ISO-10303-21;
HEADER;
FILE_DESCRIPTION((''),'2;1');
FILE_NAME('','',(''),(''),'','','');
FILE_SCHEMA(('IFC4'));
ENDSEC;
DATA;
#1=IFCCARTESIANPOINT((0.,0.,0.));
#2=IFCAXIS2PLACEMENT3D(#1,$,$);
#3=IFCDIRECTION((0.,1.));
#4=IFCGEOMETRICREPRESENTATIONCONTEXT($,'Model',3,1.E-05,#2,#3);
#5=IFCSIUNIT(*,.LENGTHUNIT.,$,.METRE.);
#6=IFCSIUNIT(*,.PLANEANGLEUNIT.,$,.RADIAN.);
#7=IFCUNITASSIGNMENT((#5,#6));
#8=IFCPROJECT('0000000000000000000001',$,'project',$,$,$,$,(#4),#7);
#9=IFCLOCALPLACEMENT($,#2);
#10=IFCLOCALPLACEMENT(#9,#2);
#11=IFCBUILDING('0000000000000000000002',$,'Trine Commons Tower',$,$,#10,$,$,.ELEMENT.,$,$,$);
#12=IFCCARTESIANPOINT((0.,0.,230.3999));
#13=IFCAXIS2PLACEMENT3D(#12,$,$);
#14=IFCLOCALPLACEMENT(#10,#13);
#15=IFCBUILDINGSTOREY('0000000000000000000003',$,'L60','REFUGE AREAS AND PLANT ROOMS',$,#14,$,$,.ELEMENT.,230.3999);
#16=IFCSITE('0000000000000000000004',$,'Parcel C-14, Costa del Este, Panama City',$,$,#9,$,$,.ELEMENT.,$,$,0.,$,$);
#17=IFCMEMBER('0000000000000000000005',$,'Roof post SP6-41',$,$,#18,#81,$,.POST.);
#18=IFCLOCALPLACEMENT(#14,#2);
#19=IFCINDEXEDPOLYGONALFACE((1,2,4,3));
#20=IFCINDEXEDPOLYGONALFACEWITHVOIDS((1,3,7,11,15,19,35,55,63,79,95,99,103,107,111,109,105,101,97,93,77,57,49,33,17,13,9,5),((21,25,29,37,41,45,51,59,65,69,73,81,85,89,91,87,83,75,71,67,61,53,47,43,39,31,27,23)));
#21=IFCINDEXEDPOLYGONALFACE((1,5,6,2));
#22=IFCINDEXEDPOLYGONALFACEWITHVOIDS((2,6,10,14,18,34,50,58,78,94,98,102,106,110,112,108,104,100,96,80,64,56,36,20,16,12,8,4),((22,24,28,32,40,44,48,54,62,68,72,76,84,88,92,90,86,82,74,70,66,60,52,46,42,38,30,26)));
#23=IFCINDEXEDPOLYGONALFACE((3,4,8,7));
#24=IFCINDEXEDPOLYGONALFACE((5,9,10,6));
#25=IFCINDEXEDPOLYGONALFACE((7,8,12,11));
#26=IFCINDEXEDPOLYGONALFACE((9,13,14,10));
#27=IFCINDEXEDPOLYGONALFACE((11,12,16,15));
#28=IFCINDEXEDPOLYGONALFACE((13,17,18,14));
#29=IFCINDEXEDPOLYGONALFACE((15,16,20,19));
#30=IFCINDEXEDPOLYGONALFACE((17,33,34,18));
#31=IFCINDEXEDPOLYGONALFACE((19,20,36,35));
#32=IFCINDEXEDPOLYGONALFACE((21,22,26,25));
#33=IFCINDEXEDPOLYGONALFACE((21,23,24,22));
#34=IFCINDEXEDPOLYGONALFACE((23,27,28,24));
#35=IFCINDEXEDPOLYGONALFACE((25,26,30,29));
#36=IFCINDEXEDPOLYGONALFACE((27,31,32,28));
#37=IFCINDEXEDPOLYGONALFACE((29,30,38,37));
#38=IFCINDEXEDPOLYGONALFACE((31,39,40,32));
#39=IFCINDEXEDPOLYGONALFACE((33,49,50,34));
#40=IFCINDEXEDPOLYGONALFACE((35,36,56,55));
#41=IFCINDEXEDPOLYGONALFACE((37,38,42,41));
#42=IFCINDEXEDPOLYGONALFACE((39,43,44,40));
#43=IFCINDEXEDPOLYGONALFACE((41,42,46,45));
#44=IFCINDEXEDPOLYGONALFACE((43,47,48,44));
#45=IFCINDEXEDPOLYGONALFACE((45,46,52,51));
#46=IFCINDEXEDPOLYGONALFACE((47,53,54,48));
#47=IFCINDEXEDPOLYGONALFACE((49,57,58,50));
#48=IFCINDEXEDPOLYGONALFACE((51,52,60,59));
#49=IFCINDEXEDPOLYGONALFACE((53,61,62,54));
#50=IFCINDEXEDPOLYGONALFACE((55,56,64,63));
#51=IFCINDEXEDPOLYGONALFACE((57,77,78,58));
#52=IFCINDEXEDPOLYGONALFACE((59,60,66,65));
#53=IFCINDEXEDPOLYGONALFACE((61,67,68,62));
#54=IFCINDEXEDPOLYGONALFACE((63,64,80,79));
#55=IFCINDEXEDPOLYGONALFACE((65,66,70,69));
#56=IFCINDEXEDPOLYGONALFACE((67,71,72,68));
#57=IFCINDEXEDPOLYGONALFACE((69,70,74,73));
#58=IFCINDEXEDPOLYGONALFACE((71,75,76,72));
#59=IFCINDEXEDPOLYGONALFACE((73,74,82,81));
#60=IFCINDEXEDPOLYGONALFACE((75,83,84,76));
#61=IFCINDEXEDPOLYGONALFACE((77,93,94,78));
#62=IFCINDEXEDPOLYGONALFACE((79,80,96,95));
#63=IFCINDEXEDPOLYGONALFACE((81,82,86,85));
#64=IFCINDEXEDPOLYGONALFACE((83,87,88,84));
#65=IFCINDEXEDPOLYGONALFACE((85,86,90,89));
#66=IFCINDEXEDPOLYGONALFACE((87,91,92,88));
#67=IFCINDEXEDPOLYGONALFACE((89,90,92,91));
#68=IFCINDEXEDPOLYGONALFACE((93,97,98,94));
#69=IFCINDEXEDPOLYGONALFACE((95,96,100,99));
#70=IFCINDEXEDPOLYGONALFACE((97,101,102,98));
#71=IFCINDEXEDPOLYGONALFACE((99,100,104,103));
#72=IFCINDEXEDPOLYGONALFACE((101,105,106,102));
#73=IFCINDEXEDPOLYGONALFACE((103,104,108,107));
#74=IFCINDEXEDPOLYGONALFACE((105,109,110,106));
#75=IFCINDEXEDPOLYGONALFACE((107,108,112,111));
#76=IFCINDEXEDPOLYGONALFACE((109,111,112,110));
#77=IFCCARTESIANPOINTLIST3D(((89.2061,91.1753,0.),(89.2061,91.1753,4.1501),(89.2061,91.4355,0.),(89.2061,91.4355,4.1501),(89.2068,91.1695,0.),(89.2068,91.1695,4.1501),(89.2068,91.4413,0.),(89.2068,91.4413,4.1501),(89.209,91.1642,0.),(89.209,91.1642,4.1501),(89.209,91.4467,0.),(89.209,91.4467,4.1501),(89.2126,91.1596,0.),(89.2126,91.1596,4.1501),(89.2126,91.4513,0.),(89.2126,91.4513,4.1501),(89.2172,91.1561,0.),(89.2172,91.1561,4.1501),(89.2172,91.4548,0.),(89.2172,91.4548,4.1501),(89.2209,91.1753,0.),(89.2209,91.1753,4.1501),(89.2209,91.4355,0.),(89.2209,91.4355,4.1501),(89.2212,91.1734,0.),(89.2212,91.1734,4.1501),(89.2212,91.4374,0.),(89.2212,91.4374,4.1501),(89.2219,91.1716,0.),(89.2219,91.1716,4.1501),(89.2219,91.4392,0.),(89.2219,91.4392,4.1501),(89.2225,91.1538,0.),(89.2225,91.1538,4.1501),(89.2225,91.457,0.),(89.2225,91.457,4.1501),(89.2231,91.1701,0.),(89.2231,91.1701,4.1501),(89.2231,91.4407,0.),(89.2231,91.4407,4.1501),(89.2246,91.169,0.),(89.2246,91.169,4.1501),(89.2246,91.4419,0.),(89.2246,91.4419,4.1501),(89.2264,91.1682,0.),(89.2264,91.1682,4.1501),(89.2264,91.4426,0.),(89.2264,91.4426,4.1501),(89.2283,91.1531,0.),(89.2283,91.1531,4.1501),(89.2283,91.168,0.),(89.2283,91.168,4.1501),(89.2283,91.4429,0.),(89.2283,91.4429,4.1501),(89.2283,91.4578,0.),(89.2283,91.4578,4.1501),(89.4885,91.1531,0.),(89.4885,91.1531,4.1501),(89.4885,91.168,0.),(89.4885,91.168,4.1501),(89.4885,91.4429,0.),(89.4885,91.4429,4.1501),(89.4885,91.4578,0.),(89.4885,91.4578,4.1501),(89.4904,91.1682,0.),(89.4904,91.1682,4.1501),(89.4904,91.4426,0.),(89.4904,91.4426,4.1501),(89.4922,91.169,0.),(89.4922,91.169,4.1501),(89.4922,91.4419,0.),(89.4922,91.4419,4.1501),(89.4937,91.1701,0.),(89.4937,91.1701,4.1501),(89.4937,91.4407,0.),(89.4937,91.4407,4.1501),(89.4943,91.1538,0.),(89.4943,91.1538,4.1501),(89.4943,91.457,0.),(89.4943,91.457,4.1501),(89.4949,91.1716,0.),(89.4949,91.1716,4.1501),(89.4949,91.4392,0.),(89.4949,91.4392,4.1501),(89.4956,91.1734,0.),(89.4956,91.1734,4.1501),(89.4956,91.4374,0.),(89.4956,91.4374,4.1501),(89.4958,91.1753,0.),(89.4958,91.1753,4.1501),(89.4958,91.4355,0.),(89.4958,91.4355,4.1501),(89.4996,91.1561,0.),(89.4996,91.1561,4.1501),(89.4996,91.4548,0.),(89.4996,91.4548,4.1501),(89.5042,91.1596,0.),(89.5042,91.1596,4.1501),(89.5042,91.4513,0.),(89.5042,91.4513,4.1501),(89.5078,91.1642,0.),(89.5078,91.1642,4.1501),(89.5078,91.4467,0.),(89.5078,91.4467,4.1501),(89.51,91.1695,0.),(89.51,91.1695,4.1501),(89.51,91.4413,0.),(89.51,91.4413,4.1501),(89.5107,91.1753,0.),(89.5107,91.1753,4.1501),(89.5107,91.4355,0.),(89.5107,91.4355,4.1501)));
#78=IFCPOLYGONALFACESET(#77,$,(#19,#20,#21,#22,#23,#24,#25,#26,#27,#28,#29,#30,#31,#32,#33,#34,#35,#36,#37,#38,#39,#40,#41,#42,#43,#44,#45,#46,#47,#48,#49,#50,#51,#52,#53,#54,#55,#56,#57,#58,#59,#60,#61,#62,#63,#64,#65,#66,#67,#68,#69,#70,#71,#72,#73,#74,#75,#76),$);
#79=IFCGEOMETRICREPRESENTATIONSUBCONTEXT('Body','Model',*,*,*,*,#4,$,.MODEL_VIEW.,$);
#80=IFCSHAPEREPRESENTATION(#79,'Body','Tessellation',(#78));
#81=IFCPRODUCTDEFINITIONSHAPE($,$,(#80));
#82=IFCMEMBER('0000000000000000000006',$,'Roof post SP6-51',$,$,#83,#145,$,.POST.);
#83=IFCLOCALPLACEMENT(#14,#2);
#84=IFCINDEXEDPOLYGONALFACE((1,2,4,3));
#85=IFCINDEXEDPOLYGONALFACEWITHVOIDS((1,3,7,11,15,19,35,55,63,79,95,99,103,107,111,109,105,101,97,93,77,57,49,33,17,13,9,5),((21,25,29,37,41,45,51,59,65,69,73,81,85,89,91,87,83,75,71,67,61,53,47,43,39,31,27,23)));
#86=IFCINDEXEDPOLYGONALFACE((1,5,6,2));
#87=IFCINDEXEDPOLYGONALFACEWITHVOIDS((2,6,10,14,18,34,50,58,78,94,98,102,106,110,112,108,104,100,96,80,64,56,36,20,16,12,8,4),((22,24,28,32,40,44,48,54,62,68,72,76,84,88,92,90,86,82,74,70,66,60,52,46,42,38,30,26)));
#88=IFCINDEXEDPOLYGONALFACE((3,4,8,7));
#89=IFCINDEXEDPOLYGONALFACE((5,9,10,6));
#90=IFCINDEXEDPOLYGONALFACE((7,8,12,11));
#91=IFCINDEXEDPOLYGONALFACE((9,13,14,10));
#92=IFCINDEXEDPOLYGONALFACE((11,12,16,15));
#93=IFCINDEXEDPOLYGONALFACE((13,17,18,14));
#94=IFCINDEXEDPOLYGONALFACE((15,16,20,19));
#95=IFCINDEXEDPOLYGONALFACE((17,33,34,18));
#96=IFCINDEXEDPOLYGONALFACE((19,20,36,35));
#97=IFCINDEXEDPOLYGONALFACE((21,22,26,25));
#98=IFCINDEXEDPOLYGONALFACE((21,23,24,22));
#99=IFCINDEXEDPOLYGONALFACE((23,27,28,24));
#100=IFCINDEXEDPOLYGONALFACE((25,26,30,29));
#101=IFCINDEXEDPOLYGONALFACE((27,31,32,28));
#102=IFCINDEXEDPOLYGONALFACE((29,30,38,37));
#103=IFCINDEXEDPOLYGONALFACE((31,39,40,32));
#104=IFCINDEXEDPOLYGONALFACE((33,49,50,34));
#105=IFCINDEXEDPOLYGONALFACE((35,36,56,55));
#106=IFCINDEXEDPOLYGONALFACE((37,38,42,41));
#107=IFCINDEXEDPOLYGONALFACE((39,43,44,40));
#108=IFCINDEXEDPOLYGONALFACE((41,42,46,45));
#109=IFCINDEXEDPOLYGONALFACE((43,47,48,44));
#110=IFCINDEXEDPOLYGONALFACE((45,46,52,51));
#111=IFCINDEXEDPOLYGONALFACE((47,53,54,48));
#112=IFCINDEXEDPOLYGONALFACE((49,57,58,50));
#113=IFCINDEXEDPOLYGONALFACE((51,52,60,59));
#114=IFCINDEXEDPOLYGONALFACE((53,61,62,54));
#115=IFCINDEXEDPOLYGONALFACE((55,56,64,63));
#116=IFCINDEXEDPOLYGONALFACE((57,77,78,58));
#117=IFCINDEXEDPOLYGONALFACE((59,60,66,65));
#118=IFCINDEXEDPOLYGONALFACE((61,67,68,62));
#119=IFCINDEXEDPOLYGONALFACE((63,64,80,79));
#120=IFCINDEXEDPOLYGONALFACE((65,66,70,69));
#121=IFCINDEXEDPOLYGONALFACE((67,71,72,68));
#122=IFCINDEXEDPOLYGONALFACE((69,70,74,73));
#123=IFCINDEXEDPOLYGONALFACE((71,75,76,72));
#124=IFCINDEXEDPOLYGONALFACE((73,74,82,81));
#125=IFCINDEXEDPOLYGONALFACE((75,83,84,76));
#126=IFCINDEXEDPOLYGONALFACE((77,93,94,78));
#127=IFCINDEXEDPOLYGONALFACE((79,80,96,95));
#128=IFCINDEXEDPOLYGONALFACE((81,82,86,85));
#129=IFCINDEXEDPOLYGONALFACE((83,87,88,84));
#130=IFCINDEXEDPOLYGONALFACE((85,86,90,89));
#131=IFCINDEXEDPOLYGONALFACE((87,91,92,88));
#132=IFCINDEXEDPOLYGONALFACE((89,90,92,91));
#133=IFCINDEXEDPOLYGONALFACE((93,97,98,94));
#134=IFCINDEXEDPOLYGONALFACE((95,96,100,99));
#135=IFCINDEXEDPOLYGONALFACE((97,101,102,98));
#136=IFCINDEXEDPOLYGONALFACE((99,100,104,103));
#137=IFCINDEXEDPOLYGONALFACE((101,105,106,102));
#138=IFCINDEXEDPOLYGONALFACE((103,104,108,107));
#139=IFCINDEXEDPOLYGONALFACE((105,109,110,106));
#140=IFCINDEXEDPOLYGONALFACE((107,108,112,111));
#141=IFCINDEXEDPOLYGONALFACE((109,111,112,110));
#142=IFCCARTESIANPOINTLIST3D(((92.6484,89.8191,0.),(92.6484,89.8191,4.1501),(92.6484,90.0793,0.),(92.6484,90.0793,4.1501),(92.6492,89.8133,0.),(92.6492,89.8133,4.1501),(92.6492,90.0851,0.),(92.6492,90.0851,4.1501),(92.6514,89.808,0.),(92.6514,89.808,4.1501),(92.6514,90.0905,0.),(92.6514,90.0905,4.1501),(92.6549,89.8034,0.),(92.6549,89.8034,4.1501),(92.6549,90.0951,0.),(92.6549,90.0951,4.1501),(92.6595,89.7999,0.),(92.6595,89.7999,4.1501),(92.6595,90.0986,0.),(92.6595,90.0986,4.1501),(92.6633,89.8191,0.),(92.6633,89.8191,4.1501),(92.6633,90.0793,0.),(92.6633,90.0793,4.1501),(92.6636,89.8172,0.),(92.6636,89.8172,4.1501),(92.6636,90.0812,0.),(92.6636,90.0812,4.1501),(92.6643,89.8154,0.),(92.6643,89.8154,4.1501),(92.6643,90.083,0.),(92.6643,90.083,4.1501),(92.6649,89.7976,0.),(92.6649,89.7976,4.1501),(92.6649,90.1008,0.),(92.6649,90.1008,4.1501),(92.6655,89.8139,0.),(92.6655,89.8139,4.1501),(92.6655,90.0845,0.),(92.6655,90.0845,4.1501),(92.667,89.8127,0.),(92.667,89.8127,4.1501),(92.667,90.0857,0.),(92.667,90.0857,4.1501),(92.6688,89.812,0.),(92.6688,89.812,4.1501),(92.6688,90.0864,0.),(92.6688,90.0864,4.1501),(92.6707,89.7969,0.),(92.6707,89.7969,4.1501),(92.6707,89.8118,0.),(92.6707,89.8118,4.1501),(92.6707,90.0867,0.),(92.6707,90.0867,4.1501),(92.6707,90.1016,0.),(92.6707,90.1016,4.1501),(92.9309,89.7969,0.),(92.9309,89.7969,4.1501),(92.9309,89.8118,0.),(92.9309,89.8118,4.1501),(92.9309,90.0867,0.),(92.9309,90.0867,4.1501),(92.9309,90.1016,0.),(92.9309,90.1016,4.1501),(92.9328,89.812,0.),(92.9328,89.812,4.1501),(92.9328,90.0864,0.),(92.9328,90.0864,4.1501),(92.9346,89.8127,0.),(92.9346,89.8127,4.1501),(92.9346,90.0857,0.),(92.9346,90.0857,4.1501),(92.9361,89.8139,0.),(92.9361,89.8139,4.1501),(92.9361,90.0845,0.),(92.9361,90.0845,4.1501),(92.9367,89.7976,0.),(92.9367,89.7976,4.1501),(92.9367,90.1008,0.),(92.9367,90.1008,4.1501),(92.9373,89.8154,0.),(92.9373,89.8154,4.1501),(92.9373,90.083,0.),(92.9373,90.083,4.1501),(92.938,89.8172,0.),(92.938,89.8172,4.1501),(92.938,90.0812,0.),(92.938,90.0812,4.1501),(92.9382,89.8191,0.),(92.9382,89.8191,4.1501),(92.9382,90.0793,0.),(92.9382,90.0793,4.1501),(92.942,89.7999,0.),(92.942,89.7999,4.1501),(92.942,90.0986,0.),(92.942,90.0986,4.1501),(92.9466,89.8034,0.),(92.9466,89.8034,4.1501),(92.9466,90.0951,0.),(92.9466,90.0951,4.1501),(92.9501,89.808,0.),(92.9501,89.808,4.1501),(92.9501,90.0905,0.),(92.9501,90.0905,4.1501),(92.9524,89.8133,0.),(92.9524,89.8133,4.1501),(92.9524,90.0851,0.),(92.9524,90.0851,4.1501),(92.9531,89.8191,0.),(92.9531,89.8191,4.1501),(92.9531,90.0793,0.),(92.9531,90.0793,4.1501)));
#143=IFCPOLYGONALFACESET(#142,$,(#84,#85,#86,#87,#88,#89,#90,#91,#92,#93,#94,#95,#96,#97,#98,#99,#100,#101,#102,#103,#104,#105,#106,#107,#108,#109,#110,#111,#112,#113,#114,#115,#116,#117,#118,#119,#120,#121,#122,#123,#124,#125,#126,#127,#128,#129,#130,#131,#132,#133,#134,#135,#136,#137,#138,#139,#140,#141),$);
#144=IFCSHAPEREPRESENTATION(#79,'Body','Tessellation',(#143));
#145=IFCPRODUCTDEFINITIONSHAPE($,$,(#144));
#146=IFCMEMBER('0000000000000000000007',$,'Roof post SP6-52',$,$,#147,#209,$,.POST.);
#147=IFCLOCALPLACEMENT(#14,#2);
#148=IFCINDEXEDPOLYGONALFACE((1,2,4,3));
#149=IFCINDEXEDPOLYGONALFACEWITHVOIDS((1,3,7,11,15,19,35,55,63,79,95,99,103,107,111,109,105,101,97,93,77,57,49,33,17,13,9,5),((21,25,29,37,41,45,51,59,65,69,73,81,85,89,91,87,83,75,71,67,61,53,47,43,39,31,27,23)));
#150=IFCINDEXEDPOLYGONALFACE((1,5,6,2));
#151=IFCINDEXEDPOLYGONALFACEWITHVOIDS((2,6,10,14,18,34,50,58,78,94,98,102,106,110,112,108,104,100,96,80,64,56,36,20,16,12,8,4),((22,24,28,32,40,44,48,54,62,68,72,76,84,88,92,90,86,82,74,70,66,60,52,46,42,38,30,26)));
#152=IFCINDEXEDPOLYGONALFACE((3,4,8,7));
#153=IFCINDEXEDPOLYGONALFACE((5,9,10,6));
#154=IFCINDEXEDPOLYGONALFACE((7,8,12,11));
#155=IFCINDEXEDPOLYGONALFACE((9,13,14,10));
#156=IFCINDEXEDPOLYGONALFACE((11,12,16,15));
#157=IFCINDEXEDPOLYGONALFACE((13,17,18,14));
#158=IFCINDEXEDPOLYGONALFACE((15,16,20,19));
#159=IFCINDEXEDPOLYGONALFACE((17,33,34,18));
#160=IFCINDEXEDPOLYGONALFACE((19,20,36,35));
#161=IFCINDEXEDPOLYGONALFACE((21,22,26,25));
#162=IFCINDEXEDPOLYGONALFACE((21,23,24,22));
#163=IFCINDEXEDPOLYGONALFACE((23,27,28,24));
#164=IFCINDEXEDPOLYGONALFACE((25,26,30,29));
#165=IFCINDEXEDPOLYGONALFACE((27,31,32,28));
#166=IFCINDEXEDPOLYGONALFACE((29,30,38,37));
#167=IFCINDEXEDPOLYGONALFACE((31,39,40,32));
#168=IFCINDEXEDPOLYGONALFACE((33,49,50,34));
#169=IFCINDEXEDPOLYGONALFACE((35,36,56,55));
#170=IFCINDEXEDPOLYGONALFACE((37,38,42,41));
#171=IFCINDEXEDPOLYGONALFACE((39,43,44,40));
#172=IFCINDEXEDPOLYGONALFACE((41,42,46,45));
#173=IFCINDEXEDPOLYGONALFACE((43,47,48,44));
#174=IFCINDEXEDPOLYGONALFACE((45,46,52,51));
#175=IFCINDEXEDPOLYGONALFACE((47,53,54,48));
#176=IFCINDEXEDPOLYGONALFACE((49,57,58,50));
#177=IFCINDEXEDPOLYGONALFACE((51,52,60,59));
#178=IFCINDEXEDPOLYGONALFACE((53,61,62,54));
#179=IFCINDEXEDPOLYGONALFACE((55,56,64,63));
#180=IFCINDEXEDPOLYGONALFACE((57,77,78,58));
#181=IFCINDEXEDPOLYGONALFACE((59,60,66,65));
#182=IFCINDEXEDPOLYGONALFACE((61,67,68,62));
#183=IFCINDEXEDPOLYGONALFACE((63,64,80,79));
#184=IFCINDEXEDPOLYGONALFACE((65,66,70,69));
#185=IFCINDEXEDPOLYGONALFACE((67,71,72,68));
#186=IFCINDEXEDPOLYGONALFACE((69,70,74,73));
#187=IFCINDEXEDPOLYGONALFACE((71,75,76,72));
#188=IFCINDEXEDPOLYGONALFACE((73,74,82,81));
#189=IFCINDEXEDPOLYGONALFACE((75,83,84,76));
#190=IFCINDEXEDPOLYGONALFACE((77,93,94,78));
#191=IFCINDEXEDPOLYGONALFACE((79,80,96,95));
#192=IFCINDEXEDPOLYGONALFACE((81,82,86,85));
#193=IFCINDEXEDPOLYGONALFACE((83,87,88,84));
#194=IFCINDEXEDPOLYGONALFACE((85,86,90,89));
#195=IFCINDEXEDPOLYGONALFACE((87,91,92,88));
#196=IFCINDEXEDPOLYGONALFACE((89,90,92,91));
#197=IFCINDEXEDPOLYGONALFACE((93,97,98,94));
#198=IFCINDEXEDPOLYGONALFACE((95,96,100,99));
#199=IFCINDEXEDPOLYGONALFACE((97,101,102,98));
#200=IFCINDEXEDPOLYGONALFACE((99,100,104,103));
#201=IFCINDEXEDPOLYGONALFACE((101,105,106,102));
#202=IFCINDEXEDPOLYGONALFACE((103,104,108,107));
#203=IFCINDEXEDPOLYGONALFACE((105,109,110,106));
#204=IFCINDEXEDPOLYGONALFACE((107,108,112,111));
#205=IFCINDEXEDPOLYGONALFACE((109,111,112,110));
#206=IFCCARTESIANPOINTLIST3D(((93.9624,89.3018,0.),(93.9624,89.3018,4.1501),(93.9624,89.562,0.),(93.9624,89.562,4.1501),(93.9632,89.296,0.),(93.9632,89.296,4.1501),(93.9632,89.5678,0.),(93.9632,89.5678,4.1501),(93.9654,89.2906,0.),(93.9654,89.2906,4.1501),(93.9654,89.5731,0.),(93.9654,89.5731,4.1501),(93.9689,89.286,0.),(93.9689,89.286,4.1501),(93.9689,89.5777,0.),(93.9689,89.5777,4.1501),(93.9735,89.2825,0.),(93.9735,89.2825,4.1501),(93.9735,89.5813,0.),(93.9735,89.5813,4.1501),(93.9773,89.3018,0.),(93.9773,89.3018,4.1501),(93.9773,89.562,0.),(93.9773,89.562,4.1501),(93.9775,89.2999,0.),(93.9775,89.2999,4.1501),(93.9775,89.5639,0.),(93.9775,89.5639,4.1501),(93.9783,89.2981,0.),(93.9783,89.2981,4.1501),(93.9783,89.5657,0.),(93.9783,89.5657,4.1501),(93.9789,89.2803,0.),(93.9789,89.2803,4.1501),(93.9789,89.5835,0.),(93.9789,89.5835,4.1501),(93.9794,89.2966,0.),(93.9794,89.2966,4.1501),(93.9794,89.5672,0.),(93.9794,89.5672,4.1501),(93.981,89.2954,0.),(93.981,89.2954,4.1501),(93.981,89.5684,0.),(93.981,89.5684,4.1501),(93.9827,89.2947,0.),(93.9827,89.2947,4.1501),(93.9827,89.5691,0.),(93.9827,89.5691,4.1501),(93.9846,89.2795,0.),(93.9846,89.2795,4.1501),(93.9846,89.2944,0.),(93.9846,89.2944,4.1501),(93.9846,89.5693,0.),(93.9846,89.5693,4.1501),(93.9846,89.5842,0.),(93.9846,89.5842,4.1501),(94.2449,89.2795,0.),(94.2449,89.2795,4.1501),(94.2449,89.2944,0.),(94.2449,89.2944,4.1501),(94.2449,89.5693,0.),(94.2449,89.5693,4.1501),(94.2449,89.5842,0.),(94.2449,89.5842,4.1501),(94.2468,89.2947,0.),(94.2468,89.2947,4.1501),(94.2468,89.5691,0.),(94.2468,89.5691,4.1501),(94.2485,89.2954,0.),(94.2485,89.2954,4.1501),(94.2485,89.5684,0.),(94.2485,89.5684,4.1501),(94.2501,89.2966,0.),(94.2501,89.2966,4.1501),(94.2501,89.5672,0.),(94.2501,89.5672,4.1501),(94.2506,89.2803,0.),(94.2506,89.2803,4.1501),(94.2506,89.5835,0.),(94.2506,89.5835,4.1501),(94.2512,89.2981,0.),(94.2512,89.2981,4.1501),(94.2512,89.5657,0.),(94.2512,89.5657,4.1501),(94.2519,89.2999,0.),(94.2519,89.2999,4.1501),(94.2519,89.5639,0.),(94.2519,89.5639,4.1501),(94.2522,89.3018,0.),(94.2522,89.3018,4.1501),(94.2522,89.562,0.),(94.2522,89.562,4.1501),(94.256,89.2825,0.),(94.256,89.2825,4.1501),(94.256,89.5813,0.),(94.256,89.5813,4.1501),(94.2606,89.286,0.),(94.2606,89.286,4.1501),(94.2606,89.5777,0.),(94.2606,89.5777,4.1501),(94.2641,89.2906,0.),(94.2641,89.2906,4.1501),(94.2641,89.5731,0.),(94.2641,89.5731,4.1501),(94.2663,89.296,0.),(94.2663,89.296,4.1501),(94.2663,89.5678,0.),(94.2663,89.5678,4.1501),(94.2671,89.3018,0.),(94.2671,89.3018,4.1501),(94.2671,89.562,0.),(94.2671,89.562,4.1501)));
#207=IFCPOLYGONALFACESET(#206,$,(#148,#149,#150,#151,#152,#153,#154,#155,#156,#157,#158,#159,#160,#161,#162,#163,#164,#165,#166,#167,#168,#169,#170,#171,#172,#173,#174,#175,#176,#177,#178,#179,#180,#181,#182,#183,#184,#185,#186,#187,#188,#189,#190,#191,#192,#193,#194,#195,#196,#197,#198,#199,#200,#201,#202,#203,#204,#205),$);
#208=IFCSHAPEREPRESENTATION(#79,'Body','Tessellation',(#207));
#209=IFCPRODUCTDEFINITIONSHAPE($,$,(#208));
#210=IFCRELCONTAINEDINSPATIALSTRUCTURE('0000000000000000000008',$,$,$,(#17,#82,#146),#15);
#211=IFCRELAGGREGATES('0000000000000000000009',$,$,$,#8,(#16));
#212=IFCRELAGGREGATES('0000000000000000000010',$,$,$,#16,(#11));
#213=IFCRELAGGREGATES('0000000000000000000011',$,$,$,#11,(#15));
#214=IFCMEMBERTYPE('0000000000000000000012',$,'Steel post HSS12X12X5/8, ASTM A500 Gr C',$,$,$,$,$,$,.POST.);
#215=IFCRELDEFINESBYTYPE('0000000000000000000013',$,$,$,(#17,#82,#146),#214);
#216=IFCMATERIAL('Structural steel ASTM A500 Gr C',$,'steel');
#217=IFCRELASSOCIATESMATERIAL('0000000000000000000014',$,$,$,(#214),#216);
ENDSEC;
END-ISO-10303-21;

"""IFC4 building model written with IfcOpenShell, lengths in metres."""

from ifc_helpers import new_model, si_unit, direction, frame, origin, origin_2d, place, context, subcontext, project, spatial, hollow_rectangle, extrude, material, material_profile, profile_set, type_object, element, save


model = new_model("IFC4")

# Units and contexts
model_context = context("Model", 3, precision=1e-05, world=origin(), true_north=direction((0.0, 1.0)))
body_context = subcontext(model_context, "Body", "Model", "MODEL_VIEW")
ifc_project = project(units=[si_unit("LENGTHUNIT", "METRE"), si_unit("PLANEANGLEUNIT", "RADIAN")], contexts=[model_context])

# Site, building, storey
site_placement = place(None, origin())
site = spatial("IfcSite", under=ifc_project, at=site_placement, Name="Parcel C-14, Costa del Este, Panama City", CompositionType="ELEMENT", RefElevation=0.0)
building_placement = place(site_placement, origin())
building = spatial("IfcBuilding", under=site, at=building_placement, Name="Trine Commons Tower", CompositionType="ELEMENT")
storey_placement = place(building_placement, frame((0.0, 0.0, 230.3999)))
storey = spatial("IfcBuildingStorey", under=building, at=storey_placement, Name="L60", Description="REFUGE AREAS AND PLANT ROOMS", CompositionType="ELEMENT", Elevation=230.3999)

# Members
ifc_material_1 = material(Name="Structural steel ASTM A500 Gr C", Category="steel")
ifc_material_profile_1 = material_profile(ifc_material_1, hollow_rectangle(XDim=0.3047, YDim=0.3047, WallThickness=0.0149, InnerFilletRadius=0.0073, OuterFilletRadius=0.0222, at=origin_2d()), Name="HSS12X12X5/8")
ifc_profile_set_1 = profile_set([ifc_material_profile_1], Name="Structural steel ASTM A500 Gr C")
member_type_1 = type_object("IfcMemberType", Name="Steel post HSS12X12X5/8, ASTM A500 Gr C", PredefinedType="POST", material=ifc_profile_set_1)
for number, where, z_axis, x_axis, name in (
    (1, (89.3584, 91.3054, 0.0), (0.0, 0.0, 1.0), (1.0, 0.0, 0.0), "Roof post SP6-41"),
    (2, (92.8008, 89.9492, 0.0), (0.0, 0.0, 1.0), (1.0, 0.0, 0.0), "Roof post SP6-51"),
    (3, (94.1147, 89.4319, 0.0), (0.0, 0.0, 1.0), (1.0, 0.0, 0.0), "Roof post SP6-52"),
):
    element("IfcMember", number, at=place(storey_placement, frame(where, z_axis=z_axis, x_axis=x_axis)), inside=storey, type_object=member_type_1, Name=name, PredefinedType="POST", context=body_context, shape_type="SweptSolid", body=[
        extrude(hollow_rectangle(XDim=0.3047, YDim=0.3047, WallThickness=0.0149, InnerFilletRadius=0.0073, OuterFilletRadius=0.0222, at=origin_2d()), origin(), (0.0, 0.0, 1.0), 4.1501),
    ])

save(model, "model.ifc")
